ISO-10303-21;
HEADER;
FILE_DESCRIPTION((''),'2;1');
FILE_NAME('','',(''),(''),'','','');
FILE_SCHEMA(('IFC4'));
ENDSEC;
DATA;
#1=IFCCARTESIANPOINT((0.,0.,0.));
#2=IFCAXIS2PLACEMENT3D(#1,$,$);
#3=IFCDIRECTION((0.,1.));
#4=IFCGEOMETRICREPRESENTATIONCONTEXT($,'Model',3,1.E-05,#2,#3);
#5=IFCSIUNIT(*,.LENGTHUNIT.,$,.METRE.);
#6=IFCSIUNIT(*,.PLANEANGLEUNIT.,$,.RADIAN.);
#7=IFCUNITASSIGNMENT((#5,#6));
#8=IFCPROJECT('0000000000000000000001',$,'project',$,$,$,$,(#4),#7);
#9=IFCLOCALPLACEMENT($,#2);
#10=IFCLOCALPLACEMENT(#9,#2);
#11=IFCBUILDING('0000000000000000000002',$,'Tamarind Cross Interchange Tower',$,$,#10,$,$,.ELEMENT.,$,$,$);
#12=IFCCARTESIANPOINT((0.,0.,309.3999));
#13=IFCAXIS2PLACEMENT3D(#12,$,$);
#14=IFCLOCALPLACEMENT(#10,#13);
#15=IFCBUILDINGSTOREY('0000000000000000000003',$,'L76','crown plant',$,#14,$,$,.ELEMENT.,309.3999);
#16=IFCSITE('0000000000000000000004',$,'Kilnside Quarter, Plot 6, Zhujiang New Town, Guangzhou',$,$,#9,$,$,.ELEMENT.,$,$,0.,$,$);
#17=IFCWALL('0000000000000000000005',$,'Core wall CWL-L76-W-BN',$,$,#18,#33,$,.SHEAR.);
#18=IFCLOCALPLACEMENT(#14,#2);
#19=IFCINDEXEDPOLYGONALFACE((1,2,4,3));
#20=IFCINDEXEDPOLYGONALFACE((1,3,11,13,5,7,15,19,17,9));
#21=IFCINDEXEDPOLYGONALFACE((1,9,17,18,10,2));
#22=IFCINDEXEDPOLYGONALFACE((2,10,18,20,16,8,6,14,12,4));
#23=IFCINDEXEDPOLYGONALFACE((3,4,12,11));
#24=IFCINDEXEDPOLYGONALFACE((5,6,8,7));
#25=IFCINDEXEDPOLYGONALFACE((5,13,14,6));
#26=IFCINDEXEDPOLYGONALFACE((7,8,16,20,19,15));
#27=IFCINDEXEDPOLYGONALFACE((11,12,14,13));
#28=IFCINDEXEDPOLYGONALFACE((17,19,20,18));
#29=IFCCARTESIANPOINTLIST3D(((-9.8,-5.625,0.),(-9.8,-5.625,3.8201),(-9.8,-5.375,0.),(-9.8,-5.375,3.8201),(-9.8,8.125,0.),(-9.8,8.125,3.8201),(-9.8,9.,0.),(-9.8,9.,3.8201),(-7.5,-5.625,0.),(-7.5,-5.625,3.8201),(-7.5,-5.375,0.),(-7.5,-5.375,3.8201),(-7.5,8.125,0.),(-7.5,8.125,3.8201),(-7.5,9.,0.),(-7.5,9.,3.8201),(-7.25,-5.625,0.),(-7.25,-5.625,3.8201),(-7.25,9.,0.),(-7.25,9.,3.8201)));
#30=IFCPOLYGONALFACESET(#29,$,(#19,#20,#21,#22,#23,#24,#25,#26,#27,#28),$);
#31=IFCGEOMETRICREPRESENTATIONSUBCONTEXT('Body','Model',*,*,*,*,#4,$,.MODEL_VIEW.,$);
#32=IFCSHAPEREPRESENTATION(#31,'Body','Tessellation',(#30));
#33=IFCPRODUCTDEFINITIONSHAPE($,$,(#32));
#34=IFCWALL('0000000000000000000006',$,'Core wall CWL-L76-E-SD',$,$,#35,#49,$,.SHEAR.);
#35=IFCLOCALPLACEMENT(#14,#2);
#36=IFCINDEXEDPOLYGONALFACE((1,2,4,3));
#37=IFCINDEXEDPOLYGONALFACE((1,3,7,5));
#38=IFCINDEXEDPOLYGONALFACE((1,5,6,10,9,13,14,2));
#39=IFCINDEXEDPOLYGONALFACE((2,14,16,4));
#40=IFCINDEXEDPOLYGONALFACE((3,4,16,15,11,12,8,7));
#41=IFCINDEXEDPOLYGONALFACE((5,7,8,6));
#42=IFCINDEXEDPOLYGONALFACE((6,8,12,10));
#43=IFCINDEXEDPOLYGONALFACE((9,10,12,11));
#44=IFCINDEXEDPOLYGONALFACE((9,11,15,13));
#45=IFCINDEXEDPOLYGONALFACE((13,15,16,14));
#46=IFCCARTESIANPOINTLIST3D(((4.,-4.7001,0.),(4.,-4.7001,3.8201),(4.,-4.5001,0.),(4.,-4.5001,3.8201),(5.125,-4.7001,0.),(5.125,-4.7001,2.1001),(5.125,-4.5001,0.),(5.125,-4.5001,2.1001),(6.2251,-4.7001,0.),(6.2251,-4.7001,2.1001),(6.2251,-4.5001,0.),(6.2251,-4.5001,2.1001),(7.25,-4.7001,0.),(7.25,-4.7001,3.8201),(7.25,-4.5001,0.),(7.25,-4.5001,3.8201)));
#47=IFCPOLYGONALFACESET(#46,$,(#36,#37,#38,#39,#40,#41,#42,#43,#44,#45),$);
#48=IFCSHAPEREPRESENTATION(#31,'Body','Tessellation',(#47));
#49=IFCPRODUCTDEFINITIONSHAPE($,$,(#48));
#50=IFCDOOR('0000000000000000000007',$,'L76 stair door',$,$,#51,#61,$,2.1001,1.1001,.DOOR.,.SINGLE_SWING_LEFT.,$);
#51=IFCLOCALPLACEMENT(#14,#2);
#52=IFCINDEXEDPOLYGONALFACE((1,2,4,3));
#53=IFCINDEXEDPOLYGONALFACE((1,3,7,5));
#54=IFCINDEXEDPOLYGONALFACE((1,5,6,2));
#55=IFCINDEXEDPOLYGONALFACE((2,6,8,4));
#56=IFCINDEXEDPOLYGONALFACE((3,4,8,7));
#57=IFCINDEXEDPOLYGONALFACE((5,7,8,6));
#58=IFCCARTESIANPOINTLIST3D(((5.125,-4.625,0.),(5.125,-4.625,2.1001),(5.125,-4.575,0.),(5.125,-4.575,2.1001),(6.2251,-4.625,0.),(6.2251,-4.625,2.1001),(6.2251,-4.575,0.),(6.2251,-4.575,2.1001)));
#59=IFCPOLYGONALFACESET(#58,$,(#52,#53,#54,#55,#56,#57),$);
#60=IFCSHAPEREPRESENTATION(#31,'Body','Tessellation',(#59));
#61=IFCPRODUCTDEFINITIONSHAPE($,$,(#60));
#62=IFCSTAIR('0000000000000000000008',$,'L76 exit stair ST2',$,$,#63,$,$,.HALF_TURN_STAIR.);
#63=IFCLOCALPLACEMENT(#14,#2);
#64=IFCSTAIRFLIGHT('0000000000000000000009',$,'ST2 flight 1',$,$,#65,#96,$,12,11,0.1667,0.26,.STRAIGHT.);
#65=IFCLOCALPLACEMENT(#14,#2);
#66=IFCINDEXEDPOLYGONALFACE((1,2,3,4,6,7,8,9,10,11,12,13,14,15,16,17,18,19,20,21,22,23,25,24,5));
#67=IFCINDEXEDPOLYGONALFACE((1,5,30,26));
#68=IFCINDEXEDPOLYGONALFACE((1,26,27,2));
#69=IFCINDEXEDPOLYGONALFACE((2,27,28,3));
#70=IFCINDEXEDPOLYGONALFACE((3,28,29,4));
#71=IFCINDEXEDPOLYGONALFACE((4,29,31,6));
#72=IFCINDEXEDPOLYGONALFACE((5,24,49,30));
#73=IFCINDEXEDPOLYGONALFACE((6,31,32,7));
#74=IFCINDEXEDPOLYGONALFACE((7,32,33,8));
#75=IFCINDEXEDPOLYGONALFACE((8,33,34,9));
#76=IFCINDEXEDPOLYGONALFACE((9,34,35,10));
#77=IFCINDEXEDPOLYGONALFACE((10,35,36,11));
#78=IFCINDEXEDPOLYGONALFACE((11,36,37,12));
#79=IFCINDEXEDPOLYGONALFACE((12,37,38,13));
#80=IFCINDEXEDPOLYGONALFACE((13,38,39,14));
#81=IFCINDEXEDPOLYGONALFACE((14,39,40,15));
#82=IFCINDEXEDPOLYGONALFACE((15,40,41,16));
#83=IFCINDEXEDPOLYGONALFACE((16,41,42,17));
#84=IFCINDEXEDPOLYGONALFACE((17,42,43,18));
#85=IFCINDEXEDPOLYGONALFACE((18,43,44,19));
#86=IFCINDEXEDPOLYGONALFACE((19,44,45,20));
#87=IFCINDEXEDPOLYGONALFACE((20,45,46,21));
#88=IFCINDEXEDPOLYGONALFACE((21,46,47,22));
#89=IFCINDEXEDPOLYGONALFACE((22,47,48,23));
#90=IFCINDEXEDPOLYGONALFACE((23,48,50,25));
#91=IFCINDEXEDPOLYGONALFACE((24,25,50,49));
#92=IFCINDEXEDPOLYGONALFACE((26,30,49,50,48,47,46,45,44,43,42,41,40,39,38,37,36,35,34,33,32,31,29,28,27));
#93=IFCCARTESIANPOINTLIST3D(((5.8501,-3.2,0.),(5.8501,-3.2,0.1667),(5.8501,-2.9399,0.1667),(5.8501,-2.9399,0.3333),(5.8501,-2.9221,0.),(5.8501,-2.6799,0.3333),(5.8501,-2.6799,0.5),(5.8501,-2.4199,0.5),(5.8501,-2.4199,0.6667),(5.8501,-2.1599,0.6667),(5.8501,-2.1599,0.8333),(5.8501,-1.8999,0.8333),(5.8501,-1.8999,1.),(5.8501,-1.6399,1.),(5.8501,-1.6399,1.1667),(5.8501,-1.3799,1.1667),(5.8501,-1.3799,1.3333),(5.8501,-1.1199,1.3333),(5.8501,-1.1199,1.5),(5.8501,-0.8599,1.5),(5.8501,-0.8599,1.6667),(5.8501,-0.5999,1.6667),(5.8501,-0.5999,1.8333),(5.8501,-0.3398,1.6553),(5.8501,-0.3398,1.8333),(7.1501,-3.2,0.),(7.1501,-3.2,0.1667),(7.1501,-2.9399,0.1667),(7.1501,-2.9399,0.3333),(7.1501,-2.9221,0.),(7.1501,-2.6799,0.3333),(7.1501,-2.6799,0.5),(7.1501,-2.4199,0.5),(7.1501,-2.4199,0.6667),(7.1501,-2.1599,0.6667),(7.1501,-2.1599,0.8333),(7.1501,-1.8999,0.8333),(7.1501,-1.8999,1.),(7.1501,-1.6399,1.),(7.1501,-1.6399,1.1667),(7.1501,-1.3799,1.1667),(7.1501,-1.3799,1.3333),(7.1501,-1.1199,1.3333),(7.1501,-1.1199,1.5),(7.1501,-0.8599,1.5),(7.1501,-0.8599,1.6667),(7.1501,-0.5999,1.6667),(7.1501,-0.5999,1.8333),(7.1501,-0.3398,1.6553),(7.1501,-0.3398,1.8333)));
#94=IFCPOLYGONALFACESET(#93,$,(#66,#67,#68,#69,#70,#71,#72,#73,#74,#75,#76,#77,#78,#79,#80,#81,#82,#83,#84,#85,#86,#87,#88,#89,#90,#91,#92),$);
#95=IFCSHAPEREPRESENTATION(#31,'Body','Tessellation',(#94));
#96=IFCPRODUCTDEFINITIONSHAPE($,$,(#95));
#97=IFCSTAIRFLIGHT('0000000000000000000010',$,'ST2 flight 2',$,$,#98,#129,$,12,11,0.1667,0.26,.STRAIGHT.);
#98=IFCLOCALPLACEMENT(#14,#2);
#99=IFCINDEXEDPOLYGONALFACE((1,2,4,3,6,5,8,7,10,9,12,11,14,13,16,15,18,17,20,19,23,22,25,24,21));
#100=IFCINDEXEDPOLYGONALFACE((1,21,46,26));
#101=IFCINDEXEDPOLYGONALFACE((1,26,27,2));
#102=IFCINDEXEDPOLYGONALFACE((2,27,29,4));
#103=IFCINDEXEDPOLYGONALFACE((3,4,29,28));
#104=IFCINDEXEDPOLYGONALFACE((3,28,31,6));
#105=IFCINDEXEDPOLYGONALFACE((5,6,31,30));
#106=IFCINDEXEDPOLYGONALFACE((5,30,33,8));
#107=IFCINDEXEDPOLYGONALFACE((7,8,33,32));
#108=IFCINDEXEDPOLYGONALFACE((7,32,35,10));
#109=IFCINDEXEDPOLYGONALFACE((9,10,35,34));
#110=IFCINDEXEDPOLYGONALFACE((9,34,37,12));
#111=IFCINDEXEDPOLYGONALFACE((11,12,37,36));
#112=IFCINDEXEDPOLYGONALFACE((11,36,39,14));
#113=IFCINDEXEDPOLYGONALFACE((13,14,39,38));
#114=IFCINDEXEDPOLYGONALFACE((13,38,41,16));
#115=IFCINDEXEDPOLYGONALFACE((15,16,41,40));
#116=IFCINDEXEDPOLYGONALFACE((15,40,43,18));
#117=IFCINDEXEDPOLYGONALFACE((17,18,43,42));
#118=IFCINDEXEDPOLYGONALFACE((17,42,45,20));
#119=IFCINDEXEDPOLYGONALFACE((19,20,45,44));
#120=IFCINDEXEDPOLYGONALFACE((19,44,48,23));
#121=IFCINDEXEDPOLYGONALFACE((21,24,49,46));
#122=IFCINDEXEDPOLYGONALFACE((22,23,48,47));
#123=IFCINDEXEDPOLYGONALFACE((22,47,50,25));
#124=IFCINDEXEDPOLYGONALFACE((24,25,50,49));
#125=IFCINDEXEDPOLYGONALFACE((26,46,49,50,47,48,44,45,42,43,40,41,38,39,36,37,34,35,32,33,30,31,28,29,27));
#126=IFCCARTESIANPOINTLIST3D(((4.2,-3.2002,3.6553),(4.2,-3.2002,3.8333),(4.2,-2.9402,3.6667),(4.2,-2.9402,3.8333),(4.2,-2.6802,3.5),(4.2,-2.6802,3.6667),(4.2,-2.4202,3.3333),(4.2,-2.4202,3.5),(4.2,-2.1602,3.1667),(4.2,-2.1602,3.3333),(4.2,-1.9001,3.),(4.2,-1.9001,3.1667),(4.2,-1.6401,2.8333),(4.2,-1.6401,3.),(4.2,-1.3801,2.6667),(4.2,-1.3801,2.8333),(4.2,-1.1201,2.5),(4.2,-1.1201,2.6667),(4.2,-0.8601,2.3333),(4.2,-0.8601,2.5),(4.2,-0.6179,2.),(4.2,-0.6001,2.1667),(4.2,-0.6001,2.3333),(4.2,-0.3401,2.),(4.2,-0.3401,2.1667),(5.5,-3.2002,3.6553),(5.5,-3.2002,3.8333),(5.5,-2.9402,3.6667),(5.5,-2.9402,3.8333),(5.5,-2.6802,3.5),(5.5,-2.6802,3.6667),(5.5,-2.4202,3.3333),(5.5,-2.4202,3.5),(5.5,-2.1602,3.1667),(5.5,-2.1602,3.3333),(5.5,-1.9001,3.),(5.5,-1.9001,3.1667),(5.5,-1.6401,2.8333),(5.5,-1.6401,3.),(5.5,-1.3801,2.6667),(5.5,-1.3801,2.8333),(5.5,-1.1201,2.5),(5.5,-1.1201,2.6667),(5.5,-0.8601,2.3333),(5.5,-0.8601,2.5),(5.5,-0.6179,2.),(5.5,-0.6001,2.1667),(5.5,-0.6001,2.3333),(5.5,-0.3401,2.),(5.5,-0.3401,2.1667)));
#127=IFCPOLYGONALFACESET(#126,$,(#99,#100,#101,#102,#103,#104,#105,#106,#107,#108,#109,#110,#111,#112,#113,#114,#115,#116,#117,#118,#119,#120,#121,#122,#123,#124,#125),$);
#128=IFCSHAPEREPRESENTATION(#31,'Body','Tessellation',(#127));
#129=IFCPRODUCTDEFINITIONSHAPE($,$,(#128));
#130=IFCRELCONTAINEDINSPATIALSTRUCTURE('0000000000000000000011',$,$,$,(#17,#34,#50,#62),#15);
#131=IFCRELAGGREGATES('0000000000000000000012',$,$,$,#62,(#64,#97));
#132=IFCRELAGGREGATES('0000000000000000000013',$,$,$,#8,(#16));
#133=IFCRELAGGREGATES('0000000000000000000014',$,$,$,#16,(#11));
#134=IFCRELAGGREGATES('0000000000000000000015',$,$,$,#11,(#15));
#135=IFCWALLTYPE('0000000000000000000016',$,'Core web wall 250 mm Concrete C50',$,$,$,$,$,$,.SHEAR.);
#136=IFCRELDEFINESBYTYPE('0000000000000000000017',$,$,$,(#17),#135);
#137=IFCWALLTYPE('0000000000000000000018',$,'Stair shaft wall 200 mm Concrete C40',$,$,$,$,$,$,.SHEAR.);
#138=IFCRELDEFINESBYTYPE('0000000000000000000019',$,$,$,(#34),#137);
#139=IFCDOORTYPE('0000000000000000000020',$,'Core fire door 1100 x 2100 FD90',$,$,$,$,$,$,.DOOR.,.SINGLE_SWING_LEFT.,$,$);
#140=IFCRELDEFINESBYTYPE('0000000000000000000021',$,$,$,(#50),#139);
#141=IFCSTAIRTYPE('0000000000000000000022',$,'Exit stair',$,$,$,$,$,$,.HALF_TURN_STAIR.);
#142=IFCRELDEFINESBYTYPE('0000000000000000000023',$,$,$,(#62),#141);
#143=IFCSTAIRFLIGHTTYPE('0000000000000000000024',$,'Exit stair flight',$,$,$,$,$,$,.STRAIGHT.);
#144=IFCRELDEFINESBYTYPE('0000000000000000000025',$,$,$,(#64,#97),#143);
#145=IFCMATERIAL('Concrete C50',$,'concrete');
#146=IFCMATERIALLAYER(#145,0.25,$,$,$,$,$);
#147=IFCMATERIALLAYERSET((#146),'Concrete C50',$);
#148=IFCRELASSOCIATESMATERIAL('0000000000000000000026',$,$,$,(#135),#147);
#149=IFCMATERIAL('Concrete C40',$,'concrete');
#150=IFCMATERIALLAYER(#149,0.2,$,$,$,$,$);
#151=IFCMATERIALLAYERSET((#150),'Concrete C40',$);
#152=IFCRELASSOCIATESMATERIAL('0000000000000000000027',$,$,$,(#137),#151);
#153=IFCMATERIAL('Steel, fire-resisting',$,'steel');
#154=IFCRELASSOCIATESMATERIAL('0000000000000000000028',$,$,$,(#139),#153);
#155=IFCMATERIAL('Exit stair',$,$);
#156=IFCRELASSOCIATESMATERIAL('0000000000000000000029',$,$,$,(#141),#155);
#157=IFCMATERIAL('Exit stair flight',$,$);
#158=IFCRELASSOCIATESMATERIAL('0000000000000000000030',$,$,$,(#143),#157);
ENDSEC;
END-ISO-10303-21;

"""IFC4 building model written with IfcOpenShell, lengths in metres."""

from ifc_helpers import new_model, si_unit, direction, frame, frame_2d, origin, place, context, subcontext, project, spatial, polyline, rectangle, outline, extrude, material, layer, layer_set, type_object, element, fill, aggregate, save


model = new_model("IFC4")

# Units and contexts
model_context = context("Model", 3, precision=1e-05, world=origin(), true_north=direction((0.0, 1.0)))
body_context = subcontext(model_context, "Body", "Model", "MODEL_VIEW")
ifc_project = project(units=[si_unit("LENGTHUNIT", "METRE"), si_unit("PLANEANGLEUNIT", "RADIAN")], contexts=[model_context])

# Site, building, storey
site_placement = place(None, origin())
site = spatial("IfcSite", under=ifc_project, at=site_placement, Name="Kilnside Quarter, Plot 6, Zhujiang New Town, Guangzhou", CompositionType="ELEMENT", RefElevation=0.0)
building_placement = place(site_placement, origin())
building = spatial("IfcBuilding", under=site, at=building_placement, Name="Tamarind Cross Interchange Tower", CompositionType="ELEMENT")
storey_placement = place(building_placement, frame((0.0, 0.0, 309.3999)))
storey = spatial("IfcBuildingStorey", under=building, at=storey_placement, Name="L76", Description="crown plant", CompositionType="ELEMENT", Elevation=309.3999)

# Shared definitions
ifc_material_1 = material(Name="Concrete C40", Category="concrete")

# Wall
ifc_material_2 = material(Name="Concrete C50", Category="concrete")
ifc_layer_1 = layer(ifc_material_2, 0.25)
ifc_layer_set_1 = layer_set([ifc_layer_1], Name="Concrete C50")
wall_type_1 = type_object("IfcWallType", Name="Core web wall 250 mm Concrete C50", PredefinedType="SHEAR", material=ifc_layer_set_1)
wall_1_placement = place(storey_placement, origin())
element("IfcWall", 1, at=wall_1_placement, inside=storey, type_object=wall_type_1, Name="Core wall CWL-L76-W-BN", PredefinedType="SHEAR", context=body_context, shape_type="SweptSolid", body=[
    extrude(outline(polyline([(-9.8, -5.625), (-7.5, -5.625), (-7.25, -5.625), (-7.25, 9.0), (-7.5, 9.0), (-9.8, 9.0), (-9.8, 8.125), (-7.5, 8.125), (-7.5, -5.375), (-9.8, -5.375), (-9.8, -5.625)])), origin(), (0.0, 0.0, 1.0), 3.8201),
])

# Wall, opening, door
ifc_layer_2 = layer(ifc_material_1, 0.2)
ifc_layer_set_2 = layer_set([ifc_layer_2], Name="Concrete C40")
wall_type_2 = type_object("IfcWallType", Name="Stair shaft wall 200 mm Concrete C40", PredefinedType="SHEAR", material=ifc_layer_set_2)
wall_2_placement = place(storey_placement, frame((7.25, -4.6001, 0.0), z_axis=(0.0, 0.0, 1.0), x_axis=(-1.0, 0.0, 0.0)))
wall_2 = element("IfcWall", 2, at=wall_2_placement, inside=storey, type_object=wall_type_2, Name="Core wall CWL-L76-E-SD", PredefinedType="SHEAR", context=body_context, shape_type="SweptSolid", body=[
    extrude(rectangle(XDim=3.25, YDim=0.2, at=frame_2d((1.625, 0.0))), origin(), (0.0, 0.0, 1.0), 3.8201),
])
opening_placement = place(wall_2_placement, frame((1.0249, 0.0, 0.0)))
opening = element("IfcOpeningElement", 3, at=opening_placement, cuts=wall_2, PredefinedType="OPENING", context=body_context, shape_type="SweptSolid", body=[
    extrude(rectangle(XDim=1.1001, YDim=2.1001, at=frame_2d((0.55, 1.05))), frame((0.0, 0.1099, 0.0), z_axis=(0.0, -1.0, 0.0), x_axis=(1.0, 0.0, 0.0)), (0.0, 0.0, 1.0), 0.22),
])
ifc_material_3 = material(Name="Steel, fire-resisting", Category="steel")
door_type = type_object("IfcDoorType", Name="Core fire door 1100 x 2100 FD90", OperationType="SINGLE_SWING_LEFT", PredefinedType="DOOR", material=ifc_material_3)
door_placement = place(opening_placement, origin())
door = element("IfcDoor", 4, at=door_placement, inside=storey, type_object=door_type, Name="L76 stair door", OperationType="SINGLE_SWING_LEFT", OverallHeight=2.1001, OverallWidth=1.1001, PredefinedType="DOOR", context=body_context, shape_type="SweptSolid", body=[
    extrude(rectangle(XDim=1.1001, YDim=2.1001, at=frame_2d((0.55, 1.05))), frame((0.0, 0.0249, 0.0), z_axis=(0.0, -1.0, 0.0), x_axis=(1.0, 0.0, 0.0)), (0.0, 0.0, 1.0), 0.05),
])
fill(opening, door)

# Stair, stair flights
ifc_material_4 = material(Name="Exit stair")
stair_type = type_object("IfcStairType", Name="Exit stair", PredefinedType="HALF_TURN_STAIR", material=ifc_material_4)
stair_placement = place(storey_placement, origin())
stair = element("IfcStair", 5, at=stair_placement, inside=storey, type_object=stair_type, Name="L76 exit stair ST2", PredefinedType="HALF_TURN_STAIR")
ifc_material_5 = material(Name="Exit stair flight")
stair_flight_type = type_object("IfcStairFlightType", Name="Exit stair flight", PredefinedType="STRAIGHT", material=ifc_material_5)
stair_flight_1_placement = place(storey_placement, frame((6.5, -3.2, 0.0), z_axis=(0.0, 0.0, 1.0), x_axis=(0.0, 1.0, 0.0)))
stair_flight_1 = element("IfcStairFlight", 6, at=stair_flight_1_placement, type_object=stair_flight_type, Name="ST2 flight 1", NumberOfRisers=12, NumberOfTreads=11, PredefinedType="STRAIGHT", RiserHeight=0.1667, TreadLength=0.26, context=body_context, shape_type="SweptSolid", body=[
    extrude(outline(polyline([(0.0, 0.0), (0.0, 0.1667), (0.26, 0.1667), (0.26, 0.3333), (0.52, 0.3333), (0.52, 0.5), (0.78, 0.5), (0.78, 0.6667), (1.04, 0.6667), (1.04, 0.8333), (1.3, 0.8333), (1.3, 1.0), (1.5601, 1.0), (1.5601, 1.1667), (1.8201, 1.1667), (1.8201, 1.3333), (2.0801, 1.3333), (2.0801, 1.5), (2.3401, 1.5), (2.3401, 1.6667), (2.6001, 1.6667), (2.6001, 1.8333), (2.8601, 1.8333), (2.8601, 2.0), (2.8601, 1.6553), (0.2778, 0.0), (0.0, 0.0)])), frame((0.0, 0.6499, 0.0), z_axis=(0.0, -1.0, 0.0), x_axis=(1.0, 0.0, 0.0)), (0.0, 0.0, 1.0), 1.3),
])
stair_flight_2_placement = place(storey_placement, frame((4.8501, -0.3401, 2.0), z_axis=(0.0, 0.0, 1.0), x_axis=(0.0, -1.0, 0.0)))
stair_flight_2 = element("IfcStairFlight", 7, at=stair_flight_2_placement, type_object=stair_flight_type, Name="ST2 flight 2", NumberOfRisers=12, NumberOfTreads=11, PredefinedType="STRAIGHT", RiserHeight=0.1667, TreadLength=0.26, context=body_context, shape_type="SweptSolid", body=[
    extrude(outline(polyline([(0.0, 0.0), (0.0, 0.1667), (0.26, 0.1667), (0.26, 0.3333), (0.52, 0.3333), (0.52, 0.5), (0.78, 0.5), (0.78, 0.6667), (1.04, 0.6667), (1.04, 0.8333), (1.3, 0.8333), (1.3, 1.0), (1.5601, 1.0), (1.5601, 1.1667), (1.8201, 1.1667), (1.8201, 1.3333), (2.0801, 1.3333), (2.0801, 1.5), (2.3401, 1.5), (2.3401, 1.6667), (2.6001, 1.6667), (2.6001, 1.8333), (2.8601, 1.8333), (2.8601, 2.0), (2.8601, 1.6553), (0.2778, 0.0), (0.0, 0.0)])), frame((0.0, 0.6499, 0.0), z_axis=(0.0, -1.0, 0.0), x_axis=(1.0, 0.0, 0.0)), (0.0, 0.0, 1.0), 1.3),
])
aggregate(stair, [stair_flight_1, stair_flight_2])

save(model, "model.ifc")
